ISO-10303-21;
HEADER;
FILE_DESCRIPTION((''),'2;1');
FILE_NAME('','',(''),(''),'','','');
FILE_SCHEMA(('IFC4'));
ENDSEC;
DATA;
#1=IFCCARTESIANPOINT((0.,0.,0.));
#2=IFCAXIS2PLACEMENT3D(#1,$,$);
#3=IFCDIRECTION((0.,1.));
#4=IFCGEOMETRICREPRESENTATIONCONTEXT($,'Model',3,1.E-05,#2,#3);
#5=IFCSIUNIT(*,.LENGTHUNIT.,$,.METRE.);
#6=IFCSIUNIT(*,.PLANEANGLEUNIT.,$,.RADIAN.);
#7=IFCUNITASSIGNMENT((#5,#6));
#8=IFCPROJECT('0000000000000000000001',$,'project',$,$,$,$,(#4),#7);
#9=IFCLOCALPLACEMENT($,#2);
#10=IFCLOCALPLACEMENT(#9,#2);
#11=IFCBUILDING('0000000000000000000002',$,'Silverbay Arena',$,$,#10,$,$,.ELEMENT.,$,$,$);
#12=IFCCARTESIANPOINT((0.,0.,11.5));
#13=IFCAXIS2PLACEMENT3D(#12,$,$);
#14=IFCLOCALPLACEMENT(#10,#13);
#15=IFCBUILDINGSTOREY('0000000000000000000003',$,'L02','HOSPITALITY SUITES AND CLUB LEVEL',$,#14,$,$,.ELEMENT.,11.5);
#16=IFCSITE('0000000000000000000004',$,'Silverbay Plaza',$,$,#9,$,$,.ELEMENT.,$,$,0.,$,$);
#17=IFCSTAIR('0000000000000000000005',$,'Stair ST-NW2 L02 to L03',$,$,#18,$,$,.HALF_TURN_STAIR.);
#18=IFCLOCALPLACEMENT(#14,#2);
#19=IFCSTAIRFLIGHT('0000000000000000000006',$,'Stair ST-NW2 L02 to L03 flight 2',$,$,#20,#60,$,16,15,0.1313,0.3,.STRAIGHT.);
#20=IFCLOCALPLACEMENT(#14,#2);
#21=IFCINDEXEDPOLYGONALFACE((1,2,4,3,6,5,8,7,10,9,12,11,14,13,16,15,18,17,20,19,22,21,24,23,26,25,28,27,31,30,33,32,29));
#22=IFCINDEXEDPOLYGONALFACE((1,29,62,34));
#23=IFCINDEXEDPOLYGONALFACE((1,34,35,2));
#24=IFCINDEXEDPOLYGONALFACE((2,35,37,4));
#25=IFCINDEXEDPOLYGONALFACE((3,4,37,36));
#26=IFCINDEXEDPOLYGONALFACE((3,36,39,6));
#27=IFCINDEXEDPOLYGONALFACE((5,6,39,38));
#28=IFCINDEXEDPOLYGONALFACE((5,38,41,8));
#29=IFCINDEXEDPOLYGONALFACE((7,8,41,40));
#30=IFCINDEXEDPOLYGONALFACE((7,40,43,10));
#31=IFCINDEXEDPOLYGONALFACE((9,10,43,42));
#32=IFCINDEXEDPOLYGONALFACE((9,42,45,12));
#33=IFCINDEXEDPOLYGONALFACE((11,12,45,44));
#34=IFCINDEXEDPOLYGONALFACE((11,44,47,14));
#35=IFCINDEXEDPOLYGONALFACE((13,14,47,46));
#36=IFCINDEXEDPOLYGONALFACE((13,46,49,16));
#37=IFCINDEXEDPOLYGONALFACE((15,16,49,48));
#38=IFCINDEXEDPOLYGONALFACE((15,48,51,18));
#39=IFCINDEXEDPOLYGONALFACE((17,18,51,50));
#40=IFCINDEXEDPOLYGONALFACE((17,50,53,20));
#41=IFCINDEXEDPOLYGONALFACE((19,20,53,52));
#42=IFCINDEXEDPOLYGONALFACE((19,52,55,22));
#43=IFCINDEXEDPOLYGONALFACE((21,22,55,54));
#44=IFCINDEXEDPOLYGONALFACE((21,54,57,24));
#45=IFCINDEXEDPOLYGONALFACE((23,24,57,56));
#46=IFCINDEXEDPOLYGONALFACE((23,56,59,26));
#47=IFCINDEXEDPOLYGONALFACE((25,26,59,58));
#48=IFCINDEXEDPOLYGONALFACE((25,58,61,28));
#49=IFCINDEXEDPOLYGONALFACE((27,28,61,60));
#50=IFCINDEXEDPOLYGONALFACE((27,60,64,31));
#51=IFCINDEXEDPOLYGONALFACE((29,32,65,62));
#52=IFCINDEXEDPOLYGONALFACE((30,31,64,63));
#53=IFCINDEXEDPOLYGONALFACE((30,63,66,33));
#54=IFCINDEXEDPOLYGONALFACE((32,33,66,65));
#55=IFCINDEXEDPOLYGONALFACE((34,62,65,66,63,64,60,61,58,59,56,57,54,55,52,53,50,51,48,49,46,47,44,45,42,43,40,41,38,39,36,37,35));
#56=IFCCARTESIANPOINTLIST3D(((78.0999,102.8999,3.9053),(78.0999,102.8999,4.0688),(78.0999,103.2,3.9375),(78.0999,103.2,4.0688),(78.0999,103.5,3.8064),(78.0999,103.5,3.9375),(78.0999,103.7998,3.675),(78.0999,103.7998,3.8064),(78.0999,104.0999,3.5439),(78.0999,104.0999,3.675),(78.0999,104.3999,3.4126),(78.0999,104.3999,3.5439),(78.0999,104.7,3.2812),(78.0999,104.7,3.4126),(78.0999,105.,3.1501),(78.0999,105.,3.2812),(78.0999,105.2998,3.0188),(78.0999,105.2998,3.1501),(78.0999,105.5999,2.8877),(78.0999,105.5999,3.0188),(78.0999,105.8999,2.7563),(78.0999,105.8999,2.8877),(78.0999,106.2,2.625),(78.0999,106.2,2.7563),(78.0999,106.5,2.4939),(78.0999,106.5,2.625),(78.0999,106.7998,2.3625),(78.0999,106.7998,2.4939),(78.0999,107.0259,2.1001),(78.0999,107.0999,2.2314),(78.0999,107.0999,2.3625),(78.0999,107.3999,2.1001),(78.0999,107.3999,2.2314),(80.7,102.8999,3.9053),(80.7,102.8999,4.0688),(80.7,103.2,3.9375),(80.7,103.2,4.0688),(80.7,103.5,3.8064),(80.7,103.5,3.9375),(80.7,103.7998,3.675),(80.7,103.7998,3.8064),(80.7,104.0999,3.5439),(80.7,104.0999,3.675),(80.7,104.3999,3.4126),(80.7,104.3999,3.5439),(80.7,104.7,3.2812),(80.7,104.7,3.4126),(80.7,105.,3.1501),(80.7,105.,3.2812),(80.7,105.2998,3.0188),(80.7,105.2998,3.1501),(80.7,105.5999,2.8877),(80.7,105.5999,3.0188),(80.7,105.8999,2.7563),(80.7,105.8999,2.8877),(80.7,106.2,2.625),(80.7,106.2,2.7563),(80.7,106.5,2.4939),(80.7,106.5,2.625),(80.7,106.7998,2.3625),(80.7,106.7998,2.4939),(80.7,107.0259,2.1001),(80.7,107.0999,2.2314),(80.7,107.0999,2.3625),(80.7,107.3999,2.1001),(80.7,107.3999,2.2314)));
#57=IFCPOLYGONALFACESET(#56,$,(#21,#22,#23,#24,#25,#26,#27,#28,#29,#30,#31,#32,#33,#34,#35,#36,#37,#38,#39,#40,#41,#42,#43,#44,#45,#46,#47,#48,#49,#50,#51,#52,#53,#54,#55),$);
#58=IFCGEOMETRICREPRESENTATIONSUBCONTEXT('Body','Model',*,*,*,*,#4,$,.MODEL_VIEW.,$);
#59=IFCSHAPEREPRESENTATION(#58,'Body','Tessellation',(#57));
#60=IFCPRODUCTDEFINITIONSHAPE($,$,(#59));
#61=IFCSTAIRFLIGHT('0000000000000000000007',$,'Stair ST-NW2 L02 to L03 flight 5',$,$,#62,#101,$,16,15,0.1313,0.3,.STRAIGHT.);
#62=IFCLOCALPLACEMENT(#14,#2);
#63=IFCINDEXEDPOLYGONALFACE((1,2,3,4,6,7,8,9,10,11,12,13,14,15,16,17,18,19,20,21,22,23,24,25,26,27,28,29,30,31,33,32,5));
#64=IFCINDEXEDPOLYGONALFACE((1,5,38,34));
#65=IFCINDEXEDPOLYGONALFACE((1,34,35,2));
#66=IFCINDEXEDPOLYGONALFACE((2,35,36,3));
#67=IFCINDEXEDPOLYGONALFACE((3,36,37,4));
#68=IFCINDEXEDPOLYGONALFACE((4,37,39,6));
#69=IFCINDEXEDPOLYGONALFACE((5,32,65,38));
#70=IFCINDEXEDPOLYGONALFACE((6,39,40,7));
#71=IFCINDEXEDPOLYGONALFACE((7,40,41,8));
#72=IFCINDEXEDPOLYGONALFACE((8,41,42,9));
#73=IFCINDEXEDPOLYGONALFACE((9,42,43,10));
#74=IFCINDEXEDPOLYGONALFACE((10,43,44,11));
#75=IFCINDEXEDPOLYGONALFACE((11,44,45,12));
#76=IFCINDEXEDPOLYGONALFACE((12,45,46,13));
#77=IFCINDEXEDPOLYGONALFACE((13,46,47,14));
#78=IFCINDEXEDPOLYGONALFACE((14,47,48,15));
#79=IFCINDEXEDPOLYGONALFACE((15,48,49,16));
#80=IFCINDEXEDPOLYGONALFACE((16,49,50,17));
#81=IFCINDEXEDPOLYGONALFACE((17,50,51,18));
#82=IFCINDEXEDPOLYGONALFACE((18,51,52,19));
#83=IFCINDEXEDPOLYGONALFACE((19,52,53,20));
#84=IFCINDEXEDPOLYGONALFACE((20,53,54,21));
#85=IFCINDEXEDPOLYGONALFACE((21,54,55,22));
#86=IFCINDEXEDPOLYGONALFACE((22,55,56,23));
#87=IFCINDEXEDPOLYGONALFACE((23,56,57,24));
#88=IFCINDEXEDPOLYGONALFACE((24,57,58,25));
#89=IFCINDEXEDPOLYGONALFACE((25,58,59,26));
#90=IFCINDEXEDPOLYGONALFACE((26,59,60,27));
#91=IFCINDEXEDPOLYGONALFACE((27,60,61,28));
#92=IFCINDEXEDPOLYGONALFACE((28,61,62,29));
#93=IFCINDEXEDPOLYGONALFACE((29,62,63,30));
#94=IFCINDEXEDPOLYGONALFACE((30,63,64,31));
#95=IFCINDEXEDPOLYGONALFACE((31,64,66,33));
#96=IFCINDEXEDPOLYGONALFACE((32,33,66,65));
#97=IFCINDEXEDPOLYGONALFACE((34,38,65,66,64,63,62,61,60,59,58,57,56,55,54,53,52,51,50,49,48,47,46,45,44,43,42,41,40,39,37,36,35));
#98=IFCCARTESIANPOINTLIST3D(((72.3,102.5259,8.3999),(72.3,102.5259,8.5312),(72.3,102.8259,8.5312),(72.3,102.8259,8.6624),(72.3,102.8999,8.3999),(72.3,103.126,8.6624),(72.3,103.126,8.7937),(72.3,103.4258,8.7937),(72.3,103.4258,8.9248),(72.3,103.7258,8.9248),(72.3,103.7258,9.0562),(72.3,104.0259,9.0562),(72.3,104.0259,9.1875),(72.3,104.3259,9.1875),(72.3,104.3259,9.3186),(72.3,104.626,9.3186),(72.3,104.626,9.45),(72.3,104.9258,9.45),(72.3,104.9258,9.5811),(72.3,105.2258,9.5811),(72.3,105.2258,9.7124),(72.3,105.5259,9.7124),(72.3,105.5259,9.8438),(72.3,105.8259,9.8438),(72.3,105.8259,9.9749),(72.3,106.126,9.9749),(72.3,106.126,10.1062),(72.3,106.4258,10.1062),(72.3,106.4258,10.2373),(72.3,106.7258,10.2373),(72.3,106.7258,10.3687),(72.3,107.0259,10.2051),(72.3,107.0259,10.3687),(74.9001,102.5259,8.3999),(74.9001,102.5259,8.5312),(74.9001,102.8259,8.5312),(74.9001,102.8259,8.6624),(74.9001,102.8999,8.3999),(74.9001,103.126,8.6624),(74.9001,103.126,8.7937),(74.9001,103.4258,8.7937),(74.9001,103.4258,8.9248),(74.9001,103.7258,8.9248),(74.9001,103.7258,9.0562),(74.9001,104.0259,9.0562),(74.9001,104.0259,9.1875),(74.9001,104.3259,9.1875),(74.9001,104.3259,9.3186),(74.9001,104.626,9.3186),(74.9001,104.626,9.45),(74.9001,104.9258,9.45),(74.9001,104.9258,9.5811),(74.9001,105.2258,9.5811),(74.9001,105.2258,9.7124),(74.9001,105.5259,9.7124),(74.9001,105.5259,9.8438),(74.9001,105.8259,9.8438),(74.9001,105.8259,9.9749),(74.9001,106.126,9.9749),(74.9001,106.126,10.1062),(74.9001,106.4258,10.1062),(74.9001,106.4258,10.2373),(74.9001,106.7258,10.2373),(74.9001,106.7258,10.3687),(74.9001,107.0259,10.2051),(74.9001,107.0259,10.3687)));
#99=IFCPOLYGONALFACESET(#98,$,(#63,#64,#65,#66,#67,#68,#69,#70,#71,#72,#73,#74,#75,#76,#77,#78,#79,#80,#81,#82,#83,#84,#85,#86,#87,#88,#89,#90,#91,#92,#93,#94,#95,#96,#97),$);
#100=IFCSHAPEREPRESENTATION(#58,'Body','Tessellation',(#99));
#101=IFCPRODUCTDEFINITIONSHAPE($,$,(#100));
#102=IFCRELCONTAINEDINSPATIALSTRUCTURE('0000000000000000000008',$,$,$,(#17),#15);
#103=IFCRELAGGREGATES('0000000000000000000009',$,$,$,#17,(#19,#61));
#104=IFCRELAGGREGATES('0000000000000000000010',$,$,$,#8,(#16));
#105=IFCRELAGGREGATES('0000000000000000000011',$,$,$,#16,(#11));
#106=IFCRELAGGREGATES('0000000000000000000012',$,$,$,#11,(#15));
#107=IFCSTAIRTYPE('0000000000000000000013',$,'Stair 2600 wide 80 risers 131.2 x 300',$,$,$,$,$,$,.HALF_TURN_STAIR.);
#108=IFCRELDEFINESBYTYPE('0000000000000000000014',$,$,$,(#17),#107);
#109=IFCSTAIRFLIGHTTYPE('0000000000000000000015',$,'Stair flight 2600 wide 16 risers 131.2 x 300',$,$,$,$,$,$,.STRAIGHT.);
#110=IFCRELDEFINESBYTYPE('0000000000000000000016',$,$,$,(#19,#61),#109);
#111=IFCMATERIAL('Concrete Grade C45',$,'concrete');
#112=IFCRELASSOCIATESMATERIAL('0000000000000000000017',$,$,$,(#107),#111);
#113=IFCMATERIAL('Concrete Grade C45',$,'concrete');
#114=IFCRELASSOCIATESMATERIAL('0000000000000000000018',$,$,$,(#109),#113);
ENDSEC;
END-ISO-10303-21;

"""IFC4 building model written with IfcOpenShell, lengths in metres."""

from ifc_helpers import new_model, si_unit, direction, frame, origin, place, context, subcontext, project, spatial, polyline, outline, extrude, material, type_object, element, aggregate, save


model = new_model("IFC4")

# Units and contexts
model_context = context("Model", 3, precision=1e-05, world=origin(), true_north=direction((0.0, 1.0)))
body_context = subcontext(model_context, "Body", "Model", "MODEL_VIEW")
ifc_project = project(units=[si_unit("LENGTHUNIT", "METRE"), si_unit("PLANEANGLEUNIT", "RADIAN")], contexts=[model_context])

# Site, building, storey
site_placement = place(None, origin())
site = spatial("IfcSite", under=ifc_project, at=site_placement, Name="Silverbay Plaza", CompositionType="ELEMENT", RefElevation=0.0)
building_placement = place(site_placement, origin())
building = spatial("IfcBuilding", under=site, at=building_placement, Name="Silverbay Arena", CompositionType="ELEMENT")
storey_placement = place(building_placement, frame((0.0, 0.0, 11.5)))
storey = spatial("IfcBuildingStorey", under=building, at=storey_placement, Name="L02", Description="HOSPITALITY SUITES AND CLUB LEVEL", CompositionType="ELEMENT", Elevation=11.5)

# Stair, stair flights
ifc_material_1 = material(Name="Concrete Grade C45", Category="concrete")
stair_type = type_object("IfcStairType", Name="Stair 2600 wide 80 risers 131.2 x 300", PredefinedType="HALF_TURN_STAIR", material=ifc_material_1)
stair_placement = place(storey_placement, origin())
stair = element("IfcStair", 1, at=stair_placement, inside=storey, type_object=stair_type, Name="Stair ST-NW2 L02 to L03", PredefinedType="HALF_TURN_STAIR")
ifc_material_2 = material(Name="Concrete Grade C45", Category="concrete")
stair_flight_type = type_object("IfcStairFlightType", Name="Stair flight 2600 wide 16 risers 131.2 x 300", PredefinedType="STRAIGHT", material=ifc_material_2)
stair_flight_1_placement = place(storey_placement, frame((79.3999, 107.3999, 2.1001), z_axis=(0.0, 0.0, 1.0), x_axis=(0.0, -1.0, 0.0)))
stair_flight_1 = element("IfcStairFlight", 2, at=stair_flight_1_placement, type_object=stair_flight_type, Name="Stair ST-NW2 L02 to L03 flight 2", NumberOfRisers=16, NumberOfTreads=15, PredefinedType="STRAIGHT", RiserHeight=0.1313, TreadLength=0.3, context=body_context, shape_type="SweptSolid", body=[
    extrude(outline(polyline([(0.0, 0.0), (0.0, 0.1313), (0.3, 0.1313), (0.3, 0.2625), (0.6001, 0.2625), (0.6001, 0.3938), (0.8999, 0.3938), (0.8999, 0.5249), (1.2, 0.5249), (1.2, 0.6562), (1.5, 0.6562), (1.5, 0.7876), (1.8, 0.7876), (1.8, 0.9187), (2.1001, 0.9187), (2.1001, 1.05), (2.3999, 1.05), (2.3999, 1.1812), (2.7, 1.1812), (2.7, 1.3125), (3.0, 1.3125), (3.0, 1.4438), (3.3, 1.4438), (3.3, 1.575), (3.6001, 1.575), (3.6001, 1.7063), (3.8999, 1.7063), (3.8999, 1.8374), (4.2, 1.8374), (4.2, 1.9688), (4.5, 1.9688), (4.5, 1.8052), (0.374, 0.0), (0.0, 0.0)])), frame((0.0, 1.3, 0.0), z_axis=(0.0, -1.0, 0.0), x_axis=(1.0, 0.0, 0.0)), (0.0, 0.0, 1.0), 2.6001),
])
stair_flight_2_placement = place(storey_placement, frame((73.6001, 102.5259, 8.3999), z_axis=(0.0, 0.0, 1.0), x_axis=(0.0, 1.0, 0.0)))
stair_flight_2 = element("IfcStairFlight", 3, at=stair_flight_2_placement, type_object=stair_flight_type, Name="Stair ST-NW2 L02 to L03 flight 5", NumberOfRisers=16, NumberOfTreads=15, PredefinedType="STRAIGHT", RiserHeight=0.1313, TreadLength=0.3, context=body_context, shape_type="SweptSolid", body=[
    extrude(outline(polyline([(0.0, 0.0), (0.0, 0.1313), (0.3, 0.1313), (0.3, 0.2625), (0.6001, 0.2625), (0.6001, 0.3938), (0.8999, 0.3938), (0.8999, 0.5249), (1.2, 0.5249), (1.2, 0.6562), (1.5, 0.6562), (1.5, 0.7876), (1.8, 0.7876), (1.8, 0.9187), (2.1001, 0.9187), (2.1001, 1.05), (2.3999, 1.05), (2.3999, 1.1812), (2.7, 1.1812), (2.7, 1.3125), (3.0, 1.3125), (3.0, 1.4438), (3.3, 1.4438), (3.3, 1.575), (3.6001, 1.575), (3.6001, 1.7063), (3.8999, 1.7063), (3.8999, 1.8374), (4.2, 1.8374), (4.2, 1.9688), (4.5, 1.9688), (4.5, 1.8052), (0.374, 0.0), (0.0, 0.0)])), frame((0.0, 1.3, 0.0), z_axis=(0.0, -1.0, 0.0), x_axis=(1.0, 0.0, 0.0)), (0.0, 0.0, 1.0), 2.6001),
])
aggregate(stair, [stair_flight_1, stair_flight_2])

save(model, "model.ifc")
